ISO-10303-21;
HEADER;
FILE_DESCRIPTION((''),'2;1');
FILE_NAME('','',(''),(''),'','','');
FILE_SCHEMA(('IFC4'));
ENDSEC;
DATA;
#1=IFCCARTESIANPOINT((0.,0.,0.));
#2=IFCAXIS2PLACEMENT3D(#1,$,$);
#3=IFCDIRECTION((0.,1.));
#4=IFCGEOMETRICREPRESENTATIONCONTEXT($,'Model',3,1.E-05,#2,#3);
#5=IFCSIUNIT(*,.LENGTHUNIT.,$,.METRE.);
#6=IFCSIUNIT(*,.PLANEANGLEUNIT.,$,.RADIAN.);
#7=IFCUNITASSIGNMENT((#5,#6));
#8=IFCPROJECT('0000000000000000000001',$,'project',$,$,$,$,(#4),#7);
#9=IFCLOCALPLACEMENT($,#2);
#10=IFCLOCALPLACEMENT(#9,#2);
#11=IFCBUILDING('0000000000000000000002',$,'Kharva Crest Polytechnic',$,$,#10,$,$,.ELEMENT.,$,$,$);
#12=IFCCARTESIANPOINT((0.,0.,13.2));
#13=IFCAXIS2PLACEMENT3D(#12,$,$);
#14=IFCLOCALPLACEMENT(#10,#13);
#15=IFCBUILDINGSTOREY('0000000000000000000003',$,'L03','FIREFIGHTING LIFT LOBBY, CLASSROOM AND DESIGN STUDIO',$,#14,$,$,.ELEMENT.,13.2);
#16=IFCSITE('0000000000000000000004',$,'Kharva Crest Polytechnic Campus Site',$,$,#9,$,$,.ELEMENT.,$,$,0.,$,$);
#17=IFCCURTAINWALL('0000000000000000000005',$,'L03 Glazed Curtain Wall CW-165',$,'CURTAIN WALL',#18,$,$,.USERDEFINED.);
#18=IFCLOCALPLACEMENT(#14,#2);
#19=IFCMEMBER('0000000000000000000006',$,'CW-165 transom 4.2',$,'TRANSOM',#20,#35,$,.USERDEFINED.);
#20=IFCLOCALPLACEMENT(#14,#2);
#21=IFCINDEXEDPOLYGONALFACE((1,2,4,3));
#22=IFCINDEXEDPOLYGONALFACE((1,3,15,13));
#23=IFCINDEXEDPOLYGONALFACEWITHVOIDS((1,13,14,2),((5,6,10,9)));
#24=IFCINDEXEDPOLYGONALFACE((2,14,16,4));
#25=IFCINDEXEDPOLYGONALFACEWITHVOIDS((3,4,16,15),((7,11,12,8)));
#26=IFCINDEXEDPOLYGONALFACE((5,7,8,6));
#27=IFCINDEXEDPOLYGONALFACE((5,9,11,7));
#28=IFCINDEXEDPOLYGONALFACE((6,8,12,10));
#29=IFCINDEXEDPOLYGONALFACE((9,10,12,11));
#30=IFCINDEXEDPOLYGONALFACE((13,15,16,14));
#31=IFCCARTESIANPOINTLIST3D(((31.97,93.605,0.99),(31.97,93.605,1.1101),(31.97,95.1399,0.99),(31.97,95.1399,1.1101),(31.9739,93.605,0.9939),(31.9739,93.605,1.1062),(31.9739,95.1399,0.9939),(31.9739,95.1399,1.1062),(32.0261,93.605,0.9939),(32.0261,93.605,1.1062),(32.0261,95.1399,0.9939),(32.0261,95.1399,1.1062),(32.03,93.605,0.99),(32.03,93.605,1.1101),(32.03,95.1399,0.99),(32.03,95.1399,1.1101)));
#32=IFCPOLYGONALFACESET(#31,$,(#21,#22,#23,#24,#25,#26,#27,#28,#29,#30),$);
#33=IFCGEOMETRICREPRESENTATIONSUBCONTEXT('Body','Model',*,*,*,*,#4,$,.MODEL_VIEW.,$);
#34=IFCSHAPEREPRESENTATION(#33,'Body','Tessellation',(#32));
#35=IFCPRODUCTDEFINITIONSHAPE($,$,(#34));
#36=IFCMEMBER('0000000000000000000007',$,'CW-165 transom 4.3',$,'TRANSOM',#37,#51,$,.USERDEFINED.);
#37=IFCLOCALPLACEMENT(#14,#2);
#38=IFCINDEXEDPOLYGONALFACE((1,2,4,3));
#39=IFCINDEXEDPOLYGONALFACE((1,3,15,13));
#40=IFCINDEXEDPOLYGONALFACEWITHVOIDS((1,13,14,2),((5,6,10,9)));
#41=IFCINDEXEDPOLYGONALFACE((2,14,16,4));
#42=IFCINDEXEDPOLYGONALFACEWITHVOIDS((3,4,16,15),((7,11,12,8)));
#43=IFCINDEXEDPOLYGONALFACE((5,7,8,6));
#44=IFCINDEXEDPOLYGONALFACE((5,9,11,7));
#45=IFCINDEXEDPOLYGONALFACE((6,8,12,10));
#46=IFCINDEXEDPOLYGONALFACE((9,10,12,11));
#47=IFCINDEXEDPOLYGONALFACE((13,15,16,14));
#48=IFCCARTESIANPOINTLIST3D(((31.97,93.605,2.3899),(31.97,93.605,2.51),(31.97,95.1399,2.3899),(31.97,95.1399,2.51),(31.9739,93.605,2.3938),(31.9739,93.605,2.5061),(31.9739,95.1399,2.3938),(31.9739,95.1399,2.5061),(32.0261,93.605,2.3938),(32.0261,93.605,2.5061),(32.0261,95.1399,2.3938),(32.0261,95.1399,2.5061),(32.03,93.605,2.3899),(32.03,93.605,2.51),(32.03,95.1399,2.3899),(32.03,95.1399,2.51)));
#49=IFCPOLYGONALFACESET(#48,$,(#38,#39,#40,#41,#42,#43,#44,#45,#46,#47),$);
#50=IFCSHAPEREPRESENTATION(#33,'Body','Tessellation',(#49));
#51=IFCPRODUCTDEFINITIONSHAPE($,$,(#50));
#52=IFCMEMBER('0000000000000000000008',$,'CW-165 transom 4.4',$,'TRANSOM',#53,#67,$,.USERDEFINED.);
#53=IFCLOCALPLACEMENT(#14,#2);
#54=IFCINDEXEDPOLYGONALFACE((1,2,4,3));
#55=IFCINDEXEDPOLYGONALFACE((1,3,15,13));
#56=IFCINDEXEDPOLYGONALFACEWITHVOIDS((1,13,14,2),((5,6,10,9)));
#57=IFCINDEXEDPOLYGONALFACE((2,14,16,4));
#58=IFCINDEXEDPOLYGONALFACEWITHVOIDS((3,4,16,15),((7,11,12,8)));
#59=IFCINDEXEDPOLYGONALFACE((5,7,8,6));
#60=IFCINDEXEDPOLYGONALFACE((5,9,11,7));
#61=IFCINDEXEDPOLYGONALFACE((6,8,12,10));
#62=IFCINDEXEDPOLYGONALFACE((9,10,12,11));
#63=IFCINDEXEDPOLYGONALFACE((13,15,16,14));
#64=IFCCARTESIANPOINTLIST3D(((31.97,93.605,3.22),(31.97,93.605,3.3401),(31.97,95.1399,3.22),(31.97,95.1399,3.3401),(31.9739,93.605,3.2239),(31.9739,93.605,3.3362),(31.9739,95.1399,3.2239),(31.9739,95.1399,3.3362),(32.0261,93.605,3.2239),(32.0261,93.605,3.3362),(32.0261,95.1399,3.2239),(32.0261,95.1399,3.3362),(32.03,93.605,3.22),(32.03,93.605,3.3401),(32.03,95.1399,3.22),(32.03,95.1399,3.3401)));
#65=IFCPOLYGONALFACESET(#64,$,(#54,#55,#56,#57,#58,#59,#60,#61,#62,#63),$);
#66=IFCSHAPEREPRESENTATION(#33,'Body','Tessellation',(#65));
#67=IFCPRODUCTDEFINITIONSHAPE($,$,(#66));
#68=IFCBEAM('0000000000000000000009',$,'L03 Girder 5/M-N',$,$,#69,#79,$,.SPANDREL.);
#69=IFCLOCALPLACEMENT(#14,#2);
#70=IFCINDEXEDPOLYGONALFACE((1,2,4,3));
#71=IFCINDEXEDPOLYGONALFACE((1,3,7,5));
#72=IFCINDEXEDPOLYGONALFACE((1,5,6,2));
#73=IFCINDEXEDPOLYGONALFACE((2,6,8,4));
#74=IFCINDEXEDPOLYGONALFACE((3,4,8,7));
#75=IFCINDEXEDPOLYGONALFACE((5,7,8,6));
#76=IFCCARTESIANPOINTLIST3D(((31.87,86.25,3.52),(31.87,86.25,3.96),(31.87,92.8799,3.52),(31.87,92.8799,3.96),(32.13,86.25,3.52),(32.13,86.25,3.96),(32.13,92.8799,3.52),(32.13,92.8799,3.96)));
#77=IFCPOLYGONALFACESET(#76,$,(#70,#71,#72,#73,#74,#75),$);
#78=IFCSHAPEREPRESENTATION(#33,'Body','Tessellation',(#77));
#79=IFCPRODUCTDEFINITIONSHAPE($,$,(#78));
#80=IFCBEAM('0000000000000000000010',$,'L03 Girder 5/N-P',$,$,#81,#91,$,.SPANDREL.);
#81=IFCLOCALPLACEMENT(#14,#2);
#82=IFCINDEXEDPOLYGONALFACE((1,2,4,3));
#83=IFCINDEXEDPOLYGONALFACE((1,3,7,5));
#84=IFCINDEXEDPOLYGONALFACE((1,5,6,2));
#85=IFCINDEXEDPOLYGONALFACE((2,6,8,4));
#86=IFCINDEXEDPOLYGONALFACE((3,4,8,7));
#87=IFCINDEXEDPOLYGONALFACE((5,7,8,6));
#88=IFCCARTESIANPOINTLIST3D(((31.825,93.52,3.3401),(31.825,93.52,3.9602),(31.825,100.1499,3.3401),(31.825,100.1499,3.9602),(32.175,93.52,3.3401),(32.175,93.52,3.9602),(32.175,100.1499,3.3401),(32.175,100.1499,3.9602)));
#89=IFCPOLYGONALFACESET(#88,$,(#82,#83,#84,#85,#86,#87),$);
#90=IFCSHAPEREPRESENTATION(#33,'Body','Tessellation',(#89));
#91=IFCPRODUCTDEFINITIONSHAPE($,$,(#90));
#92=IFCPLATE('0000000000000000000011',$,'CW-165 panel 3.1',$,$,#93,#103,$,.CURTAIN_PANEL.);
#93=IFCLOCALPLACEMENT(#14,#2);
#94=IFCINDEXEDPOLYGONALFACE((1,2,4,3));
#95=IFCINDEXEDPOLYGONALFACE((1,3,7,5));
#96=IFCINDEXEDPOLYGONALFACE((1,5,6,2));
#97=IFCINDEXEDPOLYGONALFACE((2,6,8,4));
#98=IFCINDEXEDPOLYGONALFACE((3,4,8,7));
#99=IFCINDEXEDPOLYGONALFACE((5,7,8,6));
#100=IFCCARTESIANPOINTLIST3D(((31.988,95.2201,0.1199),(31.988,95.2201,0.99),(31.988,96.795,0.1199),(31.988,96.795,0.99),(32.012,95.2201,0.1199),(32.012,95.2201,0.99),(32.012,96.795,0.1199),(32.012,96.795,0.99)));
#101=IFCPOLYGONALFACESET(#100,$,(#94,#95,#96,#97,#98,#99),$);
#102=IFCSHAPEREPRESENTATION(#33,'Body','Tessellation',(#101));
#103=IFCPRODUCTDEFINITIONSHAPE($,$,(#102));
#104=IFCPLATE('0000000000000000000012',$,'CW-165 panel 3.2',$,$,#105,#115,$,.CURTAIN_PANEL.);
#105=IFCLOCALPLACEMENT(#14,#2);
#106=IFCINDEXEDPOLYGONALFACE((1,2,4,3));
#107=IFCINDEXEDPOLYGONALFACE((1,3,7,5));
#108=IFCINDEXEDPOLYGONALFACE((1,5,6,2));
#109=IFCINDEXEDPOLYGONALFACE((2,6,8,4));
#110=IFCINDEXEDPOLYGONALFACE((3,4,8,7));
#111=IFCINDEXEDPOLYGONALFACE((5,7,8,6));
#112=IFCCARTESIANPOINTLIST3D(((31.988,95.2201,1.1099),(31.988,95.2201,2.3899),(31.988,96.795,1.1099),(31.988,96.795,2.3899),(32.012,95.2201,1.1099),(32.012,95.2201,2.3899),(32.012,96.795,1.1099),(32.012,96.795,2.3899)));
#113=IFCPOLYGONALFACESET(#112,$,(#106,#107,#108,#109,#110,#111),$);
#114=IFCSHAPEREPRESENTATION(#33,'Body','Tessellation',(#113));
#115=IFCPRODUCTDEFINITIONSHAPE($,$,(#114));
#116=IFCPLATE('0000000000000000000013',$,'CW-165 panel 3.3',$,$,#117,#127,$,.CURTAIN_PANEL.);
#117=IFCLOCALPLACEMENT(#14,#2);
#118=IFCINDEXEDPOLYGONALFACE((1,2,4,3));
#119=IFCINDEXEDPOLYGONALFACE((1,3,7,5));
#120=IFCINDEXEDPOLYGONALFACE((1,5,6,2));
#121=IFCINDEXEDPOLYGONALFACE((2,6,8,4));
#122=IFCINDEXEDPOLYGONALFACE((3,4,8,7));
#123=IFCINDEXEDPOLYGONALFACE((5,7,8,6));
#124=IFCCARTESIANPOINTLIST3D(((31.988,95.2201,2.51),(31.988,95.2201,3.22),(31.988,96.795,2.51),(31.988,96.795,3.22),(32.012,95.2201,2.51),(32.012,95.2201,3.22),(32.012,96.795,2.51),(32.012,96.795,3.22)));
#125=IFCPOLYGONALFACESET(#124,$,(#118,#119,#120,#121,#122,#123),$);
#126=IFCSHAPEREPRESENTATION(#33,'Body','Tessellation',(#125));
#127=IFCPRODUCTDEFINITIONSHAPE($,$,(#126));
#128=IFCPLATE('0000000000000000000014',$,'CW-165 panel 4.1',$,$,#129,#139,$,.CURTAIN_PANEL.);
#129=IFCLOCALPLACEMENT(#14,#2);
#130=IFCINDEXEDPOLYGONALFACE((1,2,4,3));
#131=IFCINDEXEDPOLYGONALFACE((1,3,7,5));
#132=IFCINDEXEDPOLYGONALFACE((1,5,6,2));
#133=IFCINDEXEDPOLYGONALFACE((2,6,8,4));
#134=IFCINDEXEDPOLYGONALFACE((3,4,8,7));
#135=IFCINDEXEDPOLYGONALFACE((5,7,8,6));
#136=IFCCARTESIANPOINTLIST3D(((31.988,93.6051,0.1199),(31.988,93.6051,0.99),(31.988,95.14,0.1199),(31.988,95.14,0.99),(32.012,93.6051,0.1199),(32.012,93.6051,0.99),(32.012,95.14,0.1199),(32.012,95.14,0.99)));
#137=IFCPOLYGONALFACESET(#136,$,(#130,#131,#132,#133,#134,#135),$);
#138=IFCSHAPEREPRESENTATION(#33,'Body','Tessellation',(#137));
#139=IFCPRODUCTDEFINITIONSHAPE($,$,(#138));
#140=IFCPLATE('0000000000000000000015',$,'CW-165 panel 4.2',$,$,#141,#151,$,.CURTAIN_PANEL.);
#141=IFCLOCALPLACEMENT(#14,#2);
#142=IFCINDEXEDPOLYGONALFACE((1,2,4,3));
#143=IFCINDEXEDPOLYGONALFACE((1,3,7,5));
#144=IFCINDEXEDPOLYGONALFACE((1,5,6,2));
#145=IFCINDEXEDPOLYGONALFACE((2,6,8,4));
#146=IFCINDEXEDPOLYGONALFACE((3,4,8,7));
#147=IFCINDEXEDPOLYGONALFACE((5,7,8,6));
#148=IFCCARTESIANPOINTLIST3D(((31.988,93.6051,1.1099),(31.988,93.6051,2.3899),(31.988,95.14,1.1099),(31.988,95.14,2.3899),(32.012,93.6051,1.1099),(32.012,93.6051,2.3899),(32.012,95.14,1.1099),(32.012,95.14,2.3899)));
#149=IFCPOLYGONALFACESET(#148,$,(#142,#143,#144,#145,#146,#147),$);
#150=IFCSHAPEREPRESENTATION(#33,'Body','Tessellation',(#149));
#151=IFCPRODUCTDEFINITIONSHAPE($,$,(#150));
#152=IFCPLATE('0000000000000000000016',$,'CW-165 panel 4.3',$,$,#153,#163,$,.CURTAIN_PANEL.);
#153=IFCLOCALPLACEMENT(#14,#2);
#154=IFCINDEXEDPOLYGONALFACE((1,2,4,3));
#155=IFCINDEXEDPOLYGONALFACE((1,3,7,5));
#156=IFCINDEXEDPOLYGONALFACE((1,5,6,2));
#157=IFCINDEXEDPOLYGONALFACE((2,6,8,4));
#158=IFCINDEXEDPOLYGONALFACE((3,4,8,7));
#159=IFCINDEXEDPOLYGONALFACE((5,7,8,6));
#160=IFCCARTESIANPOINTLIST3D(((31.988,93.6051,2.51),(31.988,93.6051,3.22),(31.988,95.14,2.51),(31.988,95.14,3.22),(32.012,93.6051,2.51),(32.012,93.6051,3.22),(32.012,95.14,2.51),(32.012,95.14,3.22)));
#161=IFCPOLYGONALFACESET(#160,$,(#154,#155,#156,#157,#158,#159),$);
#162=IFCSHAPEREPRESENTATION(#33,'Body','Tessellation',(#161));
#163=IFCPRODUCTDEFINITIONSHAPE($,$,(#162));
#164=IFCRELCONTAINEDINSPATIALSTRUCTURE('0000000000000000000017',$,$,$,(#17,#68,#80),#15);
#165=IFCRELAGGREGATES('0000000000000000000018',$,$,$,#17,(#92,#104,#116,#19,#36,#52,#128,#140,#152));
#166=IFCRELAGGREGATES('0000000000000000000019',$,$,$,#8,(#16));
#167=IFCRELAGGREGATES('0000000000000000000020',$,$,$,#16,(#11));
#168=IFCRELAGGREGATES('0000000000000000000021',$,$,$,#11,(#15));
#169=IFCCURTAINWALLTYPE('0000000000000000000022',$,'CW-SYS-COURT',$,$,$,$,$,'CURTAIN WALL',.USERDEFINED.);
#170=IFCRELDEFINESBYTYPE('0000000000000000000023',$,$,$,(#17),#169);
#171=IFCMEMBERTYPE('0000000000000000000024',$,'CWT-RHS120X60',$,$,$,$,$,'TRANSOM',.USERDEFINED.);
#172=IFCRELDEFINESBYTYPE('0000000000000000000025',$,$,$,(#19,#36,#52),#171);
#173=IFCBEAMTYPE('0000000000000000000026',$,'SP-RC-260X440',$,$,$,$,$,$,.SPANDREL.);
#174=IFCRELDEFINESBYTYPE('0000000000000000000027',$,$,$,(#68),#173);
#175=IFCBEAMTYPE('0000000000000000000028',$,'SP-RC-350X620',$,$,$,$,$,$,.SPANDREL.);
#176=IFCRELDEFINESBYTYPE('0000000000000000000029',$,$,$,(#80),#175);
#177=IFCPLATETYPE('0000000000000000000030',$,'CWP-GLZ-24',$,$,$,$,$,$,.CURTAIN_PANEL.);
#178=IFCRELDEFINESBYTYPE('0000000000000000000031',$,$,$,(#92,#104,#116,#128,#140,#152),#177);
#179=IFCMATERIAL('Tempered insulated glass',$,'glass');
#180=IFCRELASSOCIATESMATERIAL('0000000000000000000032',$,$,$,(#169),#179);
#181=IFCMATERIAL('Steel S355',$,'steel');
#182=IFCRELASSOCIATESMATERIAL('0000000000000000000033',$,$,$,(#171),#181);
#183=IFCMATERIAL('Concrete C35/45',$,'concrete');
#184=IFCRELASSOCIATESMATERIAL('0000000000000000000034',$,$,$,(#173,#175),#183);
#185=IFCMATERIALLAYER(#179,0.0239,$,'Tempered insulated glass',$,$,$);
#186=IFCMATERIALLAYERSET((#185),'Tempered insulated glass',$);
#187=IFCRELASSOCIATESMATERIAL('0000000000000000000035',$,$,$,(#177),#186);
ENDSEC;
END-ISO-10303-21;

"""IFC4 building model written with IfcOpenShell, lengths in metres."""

from ifc_helpers import new_model, si_unit, direction, frame, origin, origin_2d, place, context, subcontext, project, spatial, rectangle, hollow_rectangle, extrude, material, layer, layer_set, material_profile, profile_set, type_object, element, aggregate, save


model = new_model("IFC4")

# Units and contexts
model_context = context("Model", 3, precision=1e-05, world=origin(), true_north=direction((0.0, 1.0)))
body_context = subcontext(model_context, "Body", "Model", "MODEL_VIEW")
ifc_project = project(units=[si_unit("LENGTHUNIT", "METRE"), si_unit("PLANEANGLEUNIT", "RADIAN")], contexts=[model_context])

# Site, building, storey
site_placement = place(None, origin())
site = spatial("IfcSite", under=ifc_project, at=site_placement, Name="Kharva Crest Polytechnic Campus Site", CompositionType="ELEMENT", RefElevation=0.0)
building_placement = place(site_placement, origin())
building = spatial("IfcBuilding", under=site, at=building_placement, Name="Kharva Crest Polytechnic", CompositionType="ELEMENT")
storey_placement = place(building_placement, frame((0.0, 0.0, 13.2)))
storey = spatial("IfcBuildingStorey", under=building, at=storey_placement, Name="L03", Description="FIREFIGHTING LIFT LOBBY, CLASSROOM AND DESIGN STUDIO", CompositionType="ELEMENT", Elevation=13.2)

# Curtain wall, members
ifc_material_1 = material(Name="Tempered insulated glass", Category="glass")
curtain_wall_type = type_object("IfcCurtainWallType", Name="CW-SYS-COURT", ElementType="CURTAIN WALL", PredefinedType="USERDEFINED", material=ifc_material_1)
curtain_wall_placement = place(storey_placement, origin())
curtain_wall = element("IfcCurtainWall", 1, at=curtain_wall_placement, inside=storey, type_object=curtain_wall_type, Name="L03 Glazed Curtain Wall CW-165", ObjectType="CURTAIN WALL", PredefinedType="USERDEFINED")
ifc_material_2 = material(Name="Steel S355", Category="steel")
ifc_material_profile_1 = material_profile(ifc_material_2, hollow_rectangle(XDim=0.0601, YDim=0.1201, WallThickness=0.0039, at=origin_2d()), Name="RHS 120X60X4.0")
ifc_profile_set_1 = profile_set([ifc_material_profile_1], Name="Steel S355")
member_type_1 = type_object("IfcMemberType", Name="CWT-RHS120X60", ElementType="TRANSOM", PredefinedType="USERDEFINED", material=ifc_profile_set_1)
member_1_placement = place(storey_placement, frame((32.0, 95.1399, 1.05), z_axis=(0.0, -1.0, 0.0), x_axis=(1.0, 0.0, 0.0)))
member_1 = element("IfcMember", 2, at=member_1_placement, type_object=member_type_1, Name="CW-165 transom 4.2", ObjectType="TRANSOM", PredefinedType="USERDEFINED", context=body_context, shape_type="SweptSolid", body=[
    extrude(hollow_rectangle(XDim=0.0601, YDim=0.1201, WallThickness=0.0039, at=origin_2d()), origin(), (0.0, 0.0, 1.0), 1.5349),
])
member_2_placement = place(storey_placement, frame((32.0, 95.1399, 2.45), z_axis=(0.0, -1.0, 0.0), x_axis=(1.0, 0.0, 0.0)))
member_2 = element("IfcMember", 3, at=member_2_placement, type_object=member_type_1, Name="CW-165 transom 4.3", ObjectType="TRANSOM", PredefinedType="USERDEFINED", context=body_context, shape_type="SweptSolid", body=[
    extrude(hollow_rectangle(XDim=0.0601, YDim=0.1201, WallThickness=0.0039, at=origin_2d()), origin(), (0.0, 0.0, 1.0), 1.5349),
])
member_3_placement = place(storey_placement, frame((32.0, 95.1399, 3.28), z_axis=(0.0, -1.0, 0.0), x_axis=(1.0, 0.0, 0.0)))
member_3 = element("IfcMember", 4, at=member_3_placement, type_object=member_type_1, Name="CW-165 transom 4.4", ObjectType="TRANSOM", PredefinedType="USERDEFINED", context=body_context, shape_type="SweptSolid", body=[
    extrude(hollow_rectangle(XDim=0.0601, YDim=0.1201, WallThickness=0.0039, at=origin_2d()), origin(), (0.0, 0.0, 1.0), 1.5349),
])

# Beams
ifc_material_3 = material(Name="Concrete C35/45", Category="concrete")
ifc_material_profile_2 = material_profile(ifc_material_3, rectangle(XDim=0.26, YDim=0.4399, at=origin_2d()), Name="RECT 260 X 440")
ifc_profile_set_2 = profile_set([ifc_material_profile_2], Name="Concrete C35/45")
beam_type_1 = type_object("IfcBeamType", Name="SP-RC-260X440", PredefinedType="SPANDREL", material=ifc_profile_set_2)
beam_1_placement = place(storey_placement, frame((32.0, 86.25, 3.74), z_axis=(0.0, 1.0, 0.0), x_axis=(-1.0, 0.0, 0.0)))
element("IfcBeam", 5, at=beam_1_placement, inside=storey, type_object=beam_type_1, Name="L03 Girder 5/M-N", PredefinedType="SPANDREL", context=body_context, shape_type="SweptSolid", body=[
    extrude(rectangle(XDim=0.26, YDim=0.4399, at=origin_2d()), origin(), (0.0, 0.0, 1.0), 6.6299),
])
ifc_material_profile_3 = material_profile(ifc_material_3, rectangle(XDim=0.3501, YDim=0.6201, at=origin_2d()), Name="RECT 350 X 620")
ifc_profile_set_3 = profile_set([ifc_material_profile_3], Name="Concrete C35/45")
beam_type_2 = type_object("IfcBeamType", Name="SP-RC-350X620", PredefinedType="SPANDREL", material=ifc_profile_set_3)
beam_2_placement = place(storey_placement, frame((32.0, 93.52, 3.6501), z_axis=(0.0, 1.0, 0.0), x_axis=(-1.0, 0.0, 0.0)))
element("IfcBeam", 6, at=beam_2_placement, inside=storey, type_object=beam_type_2, Name="L03 Girder 5/N-P", PredefinedType="SPANDREL", context=body_context, shape_type="SweptSolid", body=[
    extrude(rectangle(XDim=0.3501, YDim=0.6201, at=origin_2d()), origin(), (0.0, 0.0, 1.0), 6.6299),
])

# Plates
ifc_layer_1 = layer(ifc_material_1, 0.0239, Name="Tempered insulated glass")
ifc_layer_set_1 = layer_set([ifc_layer_1], Name="Tempered insulated glass")
plate_type = type_object("IfcPlateType", Name="CWP-GLZ-24", PredefinedType="CURTAIN_PANEL", material=ifc_layer_set_1)
plate_1_placement = place(storey_placement, frame((32.0, 96.0076, 0.1199), z_axis=(0.0, 0.0, 1.0), x_axis=(0.0, -1.0, 0.0)))
plate_1 = element("IfcPlate", 7, at=plate_1_placement, type_object=plate_type, Name="CW-165 panel 3.1", PredefinedType="CURTAIN_PANEL", context=body_context, shape_type="SweptSolid", body=[
    extrude(rectangle(XDim=1.575, YDim=0.0239, at=origin_2d()), origin(), (0.0, 0.0, 1.0), 0.8701),
])
plate_2_placement = place(storey_placement, frame((32.0, 96.0076, 1.1099), z_axis=(0.0, 0.0, 1.0), x_axis=(0.0, -1.0, 0.0)))
plate_2 = element("IfcPlate", 8, at=plate_2_placement, type_object=plate_type, Name="CW-165 panel 3.2", PredefinedType="CURTAIN_PANEL", context=body_context, shape_type="SweptSolid", body=[
    extrude(rectangle(XDim=1.575, YDim=0.0239, at=origin_2d()), origin(), (0.0, 0.0, 1.0), 1.28),
])
plate_3_placement = place(storey_placement, frame((32.0, 96.0076, 2.51), z_axis=(0.0, 0.0, 1.0), x_axis=(0.0, -1.0, 0.0)))
plate_3 = element("IfcPlate", 9, at=plate_3_placement, type_object=plate_type, Name="CW-165 panel 3.3", PredefinedType="CURTAIN_PANEL", context=body_context, shape_type="SweptSolid", body=[
    extrude(rectangle(XDim=1.575, YDim=0.0239, at=origin_2d()), origin(), (0.0, 0.0, 1.0), 0.71),
])
plate_4_placement = place(storey_placement, frame((32.0, 94.3726, 0.1199), z_axis=(0.0, 0.0, 1.0), x_axis=(0.0, -1.0, 0.0)))
plate_4 = element("IfcPlate", 10, at=plate_4_placement, type_object=plate_type, Name="CW-165 panel 4.1", PredefinedType="CURTAIN_PANEL", context=body_context, shape_type="SweptSolid", body=[
    extrude(rectangle(XDim=1.5349, YDim=0.0239, at=origin_2d()), origin(), (0.0, 0.0, 1.0), 0.8701),
])
plate_5_placement = place(storey_placement, frame((32.0, 94.3726, 1.1099), z_axis=(0.0, 0.0, 1.0), x_axis=(0.0, -1.0, 0.0)))
plate_5 = element("IfcPlate", 11, at=plate_5_placement, type_object=plate_type, Name="CW-165 panel 4.2", PredefinedType="CURTAIN_PANEL", context=body_context, shape_type="SweptSolid", body=[
    extrude(rectangle(XDim=1.5349, YDim=0.0239, at=origin_2d()), origin(), (0.0, 0.0, 1.0), 1.28),
])
plate_6_placement = place(storey_placement, frame((32.0, 94.3726, 2.51), z_axis=(0.0, 0.0, 1.0), x_axis=(0.0, -1.0, 0.0)))
plate_6 = element("IfcPlate", 12, at=plate_6_placement, type_object=plate_type, Name="CW-165 panel 4.3", PredefinedType="CURTAIN_PANEL", context=body_context, shape_type="SweptSolid", body=[
    extrude(rectangle(XDim=1.5349, YDim=0.0239, at=origin_2d()), origin(), (0.0, 0.0, 1.0), 0.71),
])
aggregate(curtain_wall, [plate_1, plate_2, plate_3, member_1, member_2, member_3, plate_4, plate_5, plate_6])

save(model, "model.ifc")
